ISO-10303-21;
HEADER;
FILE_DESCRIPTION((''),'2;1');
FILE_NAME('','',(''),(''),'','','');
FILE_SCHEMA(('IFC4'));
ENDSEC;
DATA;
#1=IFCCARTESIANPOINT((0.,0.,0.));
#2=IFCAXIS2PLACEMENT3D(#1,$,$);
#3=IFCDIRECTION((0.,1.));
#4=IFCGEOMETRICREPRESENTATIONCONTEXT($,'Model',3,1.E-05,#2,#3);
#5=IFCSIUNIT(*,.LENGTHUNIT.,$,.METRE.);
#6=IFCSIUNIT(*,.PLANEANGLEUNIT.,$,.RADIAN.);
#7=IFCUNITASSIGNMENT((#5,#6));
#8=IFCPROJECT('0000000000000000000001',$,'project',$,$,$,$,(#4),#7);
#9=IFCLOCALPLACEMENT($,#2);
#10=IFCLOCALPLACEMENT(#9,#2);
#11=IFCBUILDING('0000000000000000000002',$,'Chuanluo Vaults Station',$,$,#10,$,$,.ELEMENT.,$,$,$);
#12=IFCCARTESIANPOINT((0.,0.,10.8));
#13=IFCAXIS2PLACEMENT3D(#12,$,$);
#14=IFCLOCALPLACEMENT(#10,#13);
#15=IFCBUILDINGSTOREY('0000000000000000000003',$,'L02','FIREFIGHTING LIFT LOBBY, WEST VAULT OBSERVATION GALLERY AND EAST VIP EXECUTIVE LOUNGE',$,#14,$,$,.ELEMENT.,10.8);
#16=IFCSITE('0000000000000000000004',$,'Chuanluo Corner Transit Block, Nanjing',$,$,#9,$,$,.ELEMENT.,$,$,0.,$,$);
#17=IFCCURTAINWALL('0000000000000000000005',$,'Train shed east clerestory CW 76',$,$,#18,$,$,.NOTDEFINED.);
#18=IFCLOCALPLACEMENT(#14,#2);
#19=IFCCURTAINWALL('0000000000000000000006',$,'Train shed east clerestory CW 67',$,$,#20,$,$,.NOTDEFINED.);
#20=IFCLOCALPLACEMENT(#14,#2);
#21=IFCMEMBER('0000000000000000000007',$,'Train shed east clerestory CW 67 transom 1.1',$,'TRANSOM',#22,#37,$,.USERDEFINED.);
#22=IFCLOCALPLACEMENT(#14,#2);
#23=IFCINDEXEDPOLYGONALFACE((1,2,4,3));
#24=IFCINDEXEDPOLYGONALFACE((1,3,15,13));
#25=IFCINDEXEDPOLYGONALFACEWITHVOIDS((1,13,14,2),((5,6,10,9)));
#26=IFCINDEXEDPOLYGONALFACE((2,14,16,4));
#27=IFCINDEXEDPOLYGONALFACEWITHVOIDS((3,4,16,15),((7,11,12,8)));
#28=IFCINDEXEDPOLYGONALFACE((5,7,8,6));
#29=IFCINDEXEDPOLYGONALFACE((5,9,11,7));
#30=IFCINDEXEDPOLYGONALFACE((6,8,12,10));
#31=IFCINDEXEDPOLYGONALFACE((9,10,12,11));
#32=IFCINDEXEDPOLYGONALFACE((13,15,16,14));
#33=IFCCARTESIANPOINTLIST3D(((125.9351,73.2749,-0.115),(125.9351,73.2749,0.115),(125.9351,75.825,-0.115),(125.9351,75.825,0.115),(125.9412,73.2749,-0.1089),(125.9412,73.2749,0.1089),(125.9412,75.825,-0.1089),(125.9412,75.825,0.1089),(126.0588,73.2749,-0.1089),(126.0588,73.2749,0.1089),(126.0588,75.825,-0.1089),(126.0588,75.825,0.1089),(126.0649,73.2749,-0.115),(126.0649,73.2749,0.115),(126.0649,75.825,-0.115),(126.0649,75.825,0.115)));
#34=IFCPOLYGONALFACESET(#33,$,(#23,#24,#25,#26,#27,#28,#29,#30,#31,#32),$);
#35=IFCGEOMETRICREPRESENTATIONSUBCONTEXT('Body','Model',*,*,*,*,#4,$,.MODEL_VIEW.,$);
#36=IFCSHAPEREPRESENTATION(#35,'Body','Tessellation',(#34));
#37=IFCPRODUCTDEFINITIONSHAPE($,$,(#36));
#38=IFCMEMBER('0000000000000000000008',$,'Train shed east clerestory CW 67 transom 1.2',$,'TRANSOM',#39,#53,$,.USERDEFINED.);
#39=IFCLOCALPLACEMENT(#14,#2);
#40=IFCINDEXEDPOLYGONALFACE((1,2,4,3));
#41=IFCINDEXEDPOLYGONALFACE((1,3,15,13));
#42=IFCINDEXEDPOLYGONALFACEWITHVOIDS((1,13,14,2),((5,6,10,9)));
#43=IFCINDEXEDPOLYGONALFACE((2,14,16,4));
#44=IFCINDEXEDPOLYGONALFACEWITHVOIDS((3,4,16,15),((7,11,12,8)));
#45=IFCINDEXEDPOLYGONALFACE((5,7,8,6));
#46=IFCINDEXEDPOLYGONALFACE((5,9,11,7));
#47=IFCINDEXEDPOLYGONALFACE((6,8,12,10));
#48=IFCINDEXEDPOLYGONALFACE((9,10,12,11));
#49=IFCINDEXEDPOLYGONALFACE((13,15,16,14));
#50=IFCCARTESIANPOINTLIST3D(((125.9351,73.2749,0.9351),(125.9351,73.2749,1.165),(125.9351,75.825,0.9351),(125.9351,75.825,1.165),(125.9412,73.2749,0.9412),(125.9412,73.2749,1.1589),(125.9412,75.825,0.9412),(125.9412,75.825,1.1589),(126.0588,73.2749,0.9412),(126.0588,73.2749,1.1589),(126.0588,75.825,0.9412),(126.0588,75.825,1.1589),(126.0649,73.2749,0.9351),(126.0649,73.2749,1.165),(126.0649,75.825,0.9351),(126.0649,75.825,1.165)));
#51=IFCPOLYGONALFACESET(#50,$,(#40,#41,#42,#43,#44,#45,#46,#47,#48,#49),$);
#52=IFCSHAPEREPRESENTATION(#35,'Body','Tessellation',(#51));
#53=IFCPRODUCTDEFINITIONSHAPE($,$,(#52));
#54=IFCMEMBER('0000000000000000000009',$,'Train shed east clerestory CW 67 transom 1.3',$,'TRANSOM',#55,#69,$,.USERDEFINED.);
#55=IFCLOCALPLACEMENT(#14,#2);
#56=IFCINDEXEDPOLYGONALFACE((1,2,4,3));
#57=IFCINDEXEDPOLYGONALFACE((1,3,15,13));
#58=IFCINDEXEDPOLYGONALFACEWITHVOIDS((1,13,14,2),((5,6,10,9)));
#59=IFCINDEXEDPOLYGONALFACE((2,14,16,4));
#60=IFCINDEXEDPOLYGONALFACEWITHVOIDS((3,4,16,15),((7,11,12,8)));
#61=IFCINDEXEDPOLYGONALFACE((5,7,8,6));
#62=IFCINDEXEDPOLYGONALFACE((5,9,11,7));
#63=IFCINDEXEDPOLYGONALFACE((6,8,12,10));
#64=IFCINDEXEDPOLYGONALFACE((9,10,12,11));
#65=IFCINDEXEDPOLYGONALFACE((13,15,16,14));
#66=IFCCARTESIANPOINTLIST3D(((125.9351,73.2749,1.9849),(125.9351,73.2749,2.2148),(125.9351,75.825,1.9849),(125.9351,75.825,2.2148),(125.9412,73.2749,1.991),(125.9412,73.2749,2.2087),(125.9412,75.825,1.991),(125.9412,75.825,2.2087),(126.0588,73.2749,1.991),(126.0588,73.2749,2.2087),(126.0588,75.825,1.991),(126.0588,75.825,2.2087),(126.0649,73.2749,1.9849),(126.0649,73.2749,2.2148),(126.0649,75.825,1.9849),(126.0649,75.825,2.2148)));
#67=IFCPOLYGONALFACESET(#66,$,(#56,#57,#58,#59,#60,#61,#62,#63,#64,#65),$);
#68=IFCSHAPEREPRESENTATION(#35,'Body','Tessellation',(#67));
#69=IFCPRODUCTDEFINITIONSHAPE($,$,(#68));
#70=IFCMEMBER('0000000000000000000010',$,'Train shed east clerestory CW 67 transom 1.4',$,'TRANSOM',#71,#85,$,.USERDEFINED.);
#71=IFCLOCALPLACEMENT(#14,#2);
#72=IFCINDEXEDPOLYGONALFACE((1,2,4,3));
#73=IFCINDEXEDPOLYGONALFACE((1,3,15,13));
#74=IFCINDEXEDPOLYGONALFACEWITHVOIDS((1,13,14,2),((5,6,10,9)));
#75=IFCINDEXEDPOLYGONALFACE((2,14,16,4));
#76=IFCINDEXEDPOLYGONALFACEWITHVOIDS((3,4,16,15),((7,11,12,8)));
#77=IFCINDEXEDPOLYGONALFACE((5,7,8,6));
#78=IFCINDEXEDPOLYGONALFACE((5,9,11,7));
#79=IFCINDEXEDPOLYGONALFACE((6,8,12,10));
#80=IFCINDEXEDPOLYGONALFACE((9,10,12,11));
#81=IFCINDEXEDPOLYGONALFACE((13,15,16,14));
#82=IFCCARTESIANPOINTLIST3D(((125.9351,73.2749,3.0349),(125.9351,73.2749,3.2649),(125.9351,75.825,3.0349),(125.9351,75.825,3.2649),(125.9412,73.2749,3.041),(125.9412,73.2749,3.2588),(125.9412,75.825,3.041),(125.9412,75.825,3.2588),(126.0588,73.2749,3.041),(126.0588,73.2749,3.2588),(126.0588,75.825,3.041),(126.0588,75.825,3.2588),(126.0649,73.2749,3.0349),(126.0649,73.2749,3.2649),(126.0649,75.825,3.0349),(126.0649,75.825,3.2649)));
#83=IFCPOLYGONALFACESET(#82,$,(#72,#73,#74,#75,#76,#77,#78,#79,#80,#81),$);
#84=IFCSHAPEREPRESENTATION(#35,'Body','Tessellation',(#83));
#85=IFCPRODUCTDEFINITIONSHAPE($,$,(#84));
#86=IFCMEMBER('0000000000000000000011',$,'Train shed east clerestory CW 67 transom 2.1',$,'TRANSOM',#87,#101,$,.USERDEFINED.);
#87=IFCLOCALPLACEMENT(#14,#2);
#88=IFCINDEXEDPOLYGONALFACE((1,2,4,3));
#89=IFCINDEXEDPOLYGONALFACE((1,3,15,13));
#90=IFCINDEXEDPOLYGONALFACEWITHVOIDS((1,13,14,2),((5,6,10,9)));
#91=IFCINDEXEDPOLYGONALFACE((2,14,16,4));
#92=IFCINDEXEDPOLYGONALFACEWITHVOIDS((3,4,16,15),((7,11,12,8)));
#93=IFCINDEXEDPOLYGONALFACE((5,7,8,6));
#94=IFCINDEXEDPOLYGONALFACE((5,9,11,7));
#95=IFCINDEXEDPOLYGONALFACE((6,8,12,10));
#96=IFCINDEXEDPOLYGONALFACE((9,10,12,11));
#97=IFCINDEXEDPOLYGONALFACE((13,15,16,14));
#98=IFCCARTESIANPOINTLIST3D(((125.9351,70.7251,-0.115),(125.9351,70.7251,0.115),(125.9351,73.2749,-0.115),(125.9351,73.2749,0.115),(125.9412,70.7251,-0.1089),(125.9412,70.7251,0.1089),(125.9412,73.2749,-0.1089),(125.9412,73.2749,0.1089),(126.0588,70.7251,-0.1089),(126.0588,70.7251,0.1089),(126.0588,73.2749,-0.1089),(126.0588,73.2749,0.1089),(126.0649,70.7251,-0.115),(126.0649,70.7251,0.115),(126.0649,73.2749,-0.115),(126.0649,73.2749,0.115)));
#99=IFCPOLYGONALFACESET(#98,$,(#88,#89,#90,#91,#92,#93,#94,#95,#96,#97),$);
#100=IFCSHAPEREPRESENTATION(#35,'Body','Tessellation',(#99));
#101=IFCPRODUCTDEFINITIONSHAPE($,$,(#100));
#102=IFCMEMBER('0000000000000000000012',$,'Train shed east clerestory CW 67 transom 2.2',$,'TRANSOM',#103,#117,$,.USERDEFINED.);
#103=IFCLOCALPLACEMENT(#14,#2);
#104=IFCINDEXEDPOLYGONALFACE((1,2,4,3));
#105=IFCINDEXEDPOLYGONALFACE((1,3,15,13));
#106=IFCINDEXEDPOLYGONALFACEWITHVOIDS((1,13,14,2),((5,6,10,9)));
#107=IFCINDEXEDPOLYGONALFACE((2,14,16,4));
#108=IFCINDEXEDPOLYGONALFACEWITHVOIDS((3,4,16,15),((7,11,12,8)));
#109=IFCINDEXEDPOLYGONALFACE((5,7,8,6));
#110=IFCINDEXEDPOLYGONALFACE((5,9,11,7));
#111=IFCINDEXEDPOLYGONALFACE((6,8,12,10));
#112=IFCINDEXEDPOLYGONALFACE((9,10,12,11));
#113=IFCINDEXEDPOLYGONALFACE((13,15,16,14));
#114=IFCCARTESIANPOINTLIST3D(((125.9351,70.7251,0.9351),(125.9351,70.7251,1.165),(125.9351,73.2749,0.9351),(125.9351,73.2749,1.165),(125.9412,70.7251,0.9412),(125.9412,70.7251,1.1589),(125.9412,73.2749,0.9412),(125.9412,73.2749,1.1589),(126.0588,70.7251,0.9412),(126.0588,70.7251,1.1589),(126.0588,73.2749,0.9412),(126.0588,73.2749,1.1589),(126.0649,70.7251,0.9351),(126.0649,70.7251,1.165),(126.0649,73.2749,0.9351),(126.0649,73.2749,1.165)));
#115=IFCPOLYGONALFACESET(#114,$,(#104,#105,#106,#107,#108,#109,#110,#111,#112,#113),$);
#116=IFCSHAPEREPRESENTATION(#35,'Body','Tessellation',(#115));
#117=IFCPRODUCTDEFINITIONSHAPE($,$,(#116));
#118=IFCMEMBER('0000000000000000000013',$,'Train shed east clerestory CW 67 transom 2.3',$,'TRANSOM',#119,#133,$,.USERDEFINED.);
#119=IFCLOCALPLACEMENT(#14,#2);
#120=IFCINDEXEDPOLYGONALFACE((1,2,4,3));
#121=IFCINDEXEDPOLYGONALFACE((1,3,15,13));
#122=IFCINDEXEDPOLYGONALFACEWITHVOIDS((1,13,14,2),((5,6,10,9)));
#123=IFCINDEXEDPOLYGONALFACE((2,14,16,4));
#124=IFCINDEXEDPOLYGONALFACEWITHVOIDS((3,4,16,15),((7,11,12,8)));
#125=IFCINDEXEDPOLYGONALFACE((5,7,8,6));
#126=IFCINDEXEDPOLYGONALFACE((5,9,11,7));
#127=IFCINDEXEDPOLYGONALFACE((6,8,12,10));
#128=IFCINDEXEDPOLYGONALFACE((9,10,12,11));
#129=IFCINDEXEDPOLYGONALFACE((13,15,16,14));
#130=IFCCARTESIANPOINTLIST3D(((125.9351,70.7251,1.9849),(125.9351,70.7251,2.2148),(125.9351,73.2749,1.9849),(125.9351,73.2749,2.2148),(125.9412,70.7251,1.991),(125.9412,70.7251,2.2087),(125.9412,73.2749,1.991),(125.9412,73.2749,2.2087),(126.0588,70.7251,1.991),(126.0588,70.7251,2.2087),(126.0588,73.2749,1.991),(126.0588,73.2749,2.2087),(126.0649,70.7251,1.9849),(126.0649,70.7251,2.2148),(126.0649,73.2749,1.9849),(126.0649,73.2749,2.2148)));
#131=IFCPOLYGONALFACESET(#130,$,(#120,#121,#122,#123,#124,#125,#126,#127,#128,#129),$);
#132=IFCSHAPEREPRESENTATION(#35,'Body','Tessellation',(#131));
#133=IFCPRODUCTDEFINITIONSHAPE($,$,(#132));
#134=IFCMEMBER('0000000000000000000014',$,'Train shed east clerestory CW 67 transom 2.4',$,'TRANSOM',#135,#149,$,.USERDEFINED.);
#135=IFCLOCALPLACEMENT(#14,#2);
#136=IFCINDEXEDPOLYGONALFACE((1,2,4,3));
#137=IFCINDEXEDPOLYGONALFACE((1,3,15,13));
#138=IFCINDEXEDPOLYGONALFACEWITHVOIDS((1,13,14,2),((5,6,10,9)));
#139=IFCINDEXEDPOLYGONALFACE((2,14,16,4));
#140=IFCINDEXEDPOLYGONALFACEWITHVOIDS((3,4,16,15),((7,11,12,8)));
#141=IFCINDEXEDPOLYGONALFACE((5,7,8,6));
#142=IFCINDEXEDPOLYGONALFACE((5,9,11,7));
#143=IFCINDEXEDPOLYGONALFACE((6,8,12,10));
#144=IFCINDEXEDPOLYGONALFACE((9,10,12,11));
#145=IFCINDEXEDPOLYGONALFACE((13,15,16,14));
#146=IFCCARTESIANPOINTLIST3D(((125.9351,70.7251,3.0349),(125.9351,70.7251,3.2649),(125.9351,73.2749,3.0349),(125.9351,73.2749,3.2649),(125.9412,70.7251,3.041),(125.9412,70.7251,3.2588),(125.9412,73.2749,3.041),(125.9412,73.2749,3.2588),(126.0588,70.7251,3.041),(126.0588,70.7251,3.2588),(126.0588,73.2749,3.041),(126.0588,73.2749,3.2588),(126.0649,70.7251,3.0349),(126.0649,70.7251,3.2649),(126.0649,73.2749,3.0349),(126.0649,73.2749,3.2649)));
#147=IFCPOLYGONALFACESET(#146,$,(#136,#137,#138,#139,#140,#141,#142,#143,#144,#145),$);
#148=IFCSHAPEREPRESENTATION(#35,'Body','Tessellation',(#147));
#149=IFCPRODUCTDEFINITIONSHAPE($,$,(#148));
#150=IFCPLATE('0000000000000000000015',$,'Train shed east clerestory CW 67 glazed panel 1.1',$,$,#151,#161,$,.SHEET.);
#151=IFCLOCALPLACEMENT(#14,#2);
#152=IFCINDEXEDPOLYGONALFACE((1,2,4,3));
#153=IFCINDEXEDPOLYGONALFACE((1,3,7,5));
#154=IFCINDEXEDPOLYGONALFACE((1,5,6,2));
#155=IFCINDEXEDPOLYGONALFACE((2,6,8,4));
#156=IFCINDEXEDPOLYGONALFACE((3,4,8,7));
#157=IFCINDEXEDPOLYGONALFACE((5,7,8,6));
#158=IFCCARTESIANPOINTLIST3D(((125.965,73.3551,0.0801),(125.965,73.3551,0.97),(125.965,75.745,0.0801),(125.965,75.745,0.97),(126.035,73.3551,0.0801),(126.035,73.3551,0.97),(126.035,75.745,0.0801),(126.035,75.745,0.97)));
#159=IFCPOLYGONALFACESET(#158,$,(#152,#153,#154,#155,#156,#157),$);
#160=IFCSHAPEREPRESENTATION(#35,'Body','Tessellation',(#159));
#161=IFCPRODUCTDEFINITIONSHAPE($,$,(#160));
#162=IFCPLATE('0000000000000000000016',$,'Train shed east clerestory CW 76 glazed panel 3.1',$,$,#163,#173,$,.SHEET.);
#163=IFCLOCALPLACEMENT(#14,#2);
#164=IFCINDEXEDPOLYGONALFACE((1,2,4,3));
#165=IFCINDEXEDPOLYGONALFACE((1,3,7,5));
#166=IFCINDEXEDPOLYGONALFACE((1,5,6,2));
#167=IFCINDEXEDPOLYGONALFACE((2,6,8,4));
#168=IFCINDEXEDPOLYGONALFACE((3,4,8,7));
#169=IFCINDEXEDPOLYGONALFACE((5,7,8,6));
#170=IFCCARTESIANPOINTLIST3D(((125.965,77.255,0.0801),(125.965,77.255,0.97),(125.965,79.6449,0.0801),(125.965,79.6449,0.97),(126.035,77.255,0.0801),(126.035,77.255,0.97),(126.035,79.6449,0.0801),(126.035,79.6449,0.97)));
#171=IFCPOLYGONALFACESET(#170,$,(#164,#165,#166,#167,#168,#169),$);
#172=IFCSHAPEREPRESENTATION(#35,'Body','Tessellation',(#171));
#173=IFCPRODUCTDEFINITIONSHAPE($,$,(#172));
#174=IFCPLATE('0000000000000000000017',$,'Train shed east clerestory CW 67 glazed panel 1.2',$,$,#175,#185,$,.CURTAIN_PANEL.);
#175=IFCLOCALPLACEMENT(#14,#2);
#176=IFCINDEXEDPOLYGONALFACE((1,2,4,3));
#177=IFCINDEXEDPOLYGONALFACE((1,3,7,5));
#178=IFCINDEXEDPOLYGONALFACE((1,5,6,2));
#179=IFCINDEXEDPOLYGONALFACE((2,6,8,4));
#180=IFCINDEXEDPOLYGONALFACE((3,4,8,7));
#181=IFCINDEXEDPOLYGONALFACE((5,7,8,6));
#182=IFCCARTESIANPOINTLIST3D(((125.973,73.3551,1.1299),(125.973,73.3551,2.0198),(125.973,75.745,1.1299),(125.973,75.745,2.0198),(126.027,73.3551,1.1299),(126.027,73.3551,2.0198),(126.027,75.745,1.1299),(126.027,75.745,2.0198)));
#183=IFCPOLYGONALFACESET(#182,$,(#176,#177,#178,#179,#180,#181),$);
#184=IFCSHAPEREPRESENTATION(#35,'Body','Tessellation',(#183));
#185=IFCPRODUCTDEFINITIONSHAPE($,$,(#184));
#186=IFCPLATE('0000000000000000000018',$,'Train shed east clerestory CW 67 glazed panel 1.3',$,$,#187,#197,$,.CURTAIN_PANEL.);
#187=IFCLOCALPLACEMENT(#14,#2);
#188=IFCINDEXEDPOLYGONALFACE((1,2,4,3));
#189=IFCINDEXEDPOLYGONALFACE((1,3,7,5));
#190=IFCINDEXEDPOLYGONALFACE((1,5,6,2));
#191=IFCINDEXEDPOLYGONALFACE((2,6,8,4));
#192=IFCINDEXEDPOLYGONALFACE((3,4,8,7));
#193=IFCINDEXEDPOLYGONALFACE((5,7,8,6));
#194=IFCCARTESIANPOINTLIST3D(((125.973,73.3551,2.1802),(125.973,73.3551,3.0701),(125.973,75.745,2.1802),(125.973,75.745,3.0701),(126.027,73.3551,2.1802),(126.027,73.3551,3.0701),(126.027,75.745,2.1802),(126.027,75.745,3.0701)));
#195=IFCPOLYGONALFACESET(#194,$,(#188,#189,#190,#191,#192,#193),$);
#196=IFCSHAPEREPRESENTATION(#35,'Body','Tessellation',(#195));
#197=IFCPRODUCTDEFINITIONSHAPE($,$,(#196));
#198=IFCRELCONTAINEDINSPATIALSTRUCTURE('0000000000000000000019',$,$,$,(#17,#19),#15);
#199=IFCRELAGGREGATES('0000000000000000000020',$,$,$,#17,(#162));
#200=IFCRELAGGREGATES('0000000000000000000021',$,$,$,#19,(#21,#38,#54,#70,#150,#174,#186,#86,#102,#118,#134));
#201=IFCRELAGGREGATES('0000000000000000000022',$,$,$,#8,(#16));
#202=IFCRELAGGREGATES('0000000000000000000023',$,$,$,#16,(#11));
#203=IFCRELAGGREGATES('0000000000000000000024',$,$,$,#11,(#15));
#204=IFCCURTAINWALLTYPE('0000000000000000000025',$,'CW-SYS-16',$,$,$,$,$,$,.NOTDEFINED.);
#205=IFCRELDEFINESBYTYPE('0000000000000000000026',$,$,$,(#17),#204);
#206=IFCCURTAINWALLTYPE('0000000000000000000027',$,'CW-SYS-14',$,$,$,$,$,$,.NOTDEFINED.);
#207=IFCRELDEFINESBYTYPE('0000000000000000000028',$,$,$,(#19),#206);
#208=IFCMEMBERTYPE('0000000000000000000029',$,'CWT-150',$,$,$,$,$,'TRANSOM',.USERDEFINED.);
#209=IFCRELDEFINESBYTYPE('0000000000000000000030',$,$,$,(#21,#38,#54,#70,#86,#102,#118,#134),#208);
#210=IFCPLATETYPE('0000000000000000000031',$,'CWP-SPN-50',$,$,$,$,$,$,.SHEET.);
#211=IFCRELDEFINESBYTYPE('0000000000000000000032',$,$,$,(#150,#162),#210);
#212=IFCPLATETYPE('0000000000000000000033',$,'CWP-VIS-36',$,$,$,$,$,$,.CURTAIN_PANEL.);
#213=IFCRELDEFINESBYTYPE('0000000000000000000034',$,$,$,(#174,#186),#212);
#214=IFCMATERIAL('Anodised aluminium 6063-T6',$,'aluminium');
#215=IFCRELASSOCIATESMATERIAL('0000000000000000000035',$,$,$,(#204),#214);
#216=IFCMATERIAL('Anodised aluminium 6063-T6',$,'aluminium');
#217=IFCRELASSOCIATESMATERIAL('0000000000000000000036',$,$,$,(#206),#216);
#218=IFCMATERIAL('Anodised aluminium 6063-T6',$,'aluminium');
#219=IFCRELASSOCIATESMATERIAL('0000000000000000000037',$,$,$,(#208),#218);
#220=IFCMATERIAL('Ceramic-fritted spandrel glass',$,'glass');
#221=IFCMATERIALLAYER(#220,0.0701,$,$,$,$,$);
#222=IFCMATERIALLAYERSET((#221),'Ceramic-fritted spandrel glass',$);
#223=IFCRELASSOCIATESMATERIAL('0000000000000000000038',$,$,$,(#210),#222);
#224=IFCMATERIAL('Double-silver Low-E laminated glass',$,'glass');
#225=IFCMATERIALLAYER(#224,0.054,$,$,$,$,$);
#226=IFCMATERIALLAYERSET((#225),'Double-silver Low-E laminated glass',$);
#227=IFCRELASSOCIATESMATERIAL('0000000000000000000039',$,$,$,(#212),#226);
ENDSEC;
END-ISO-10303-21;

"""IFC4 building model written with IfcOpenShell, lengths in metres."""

from ifc_helpers import new_model, si_unit, direction, frame, origin, origin_2d, place, context, subcontext, project, spatial, rectangle, hollow_rectangle, extrude, material, layer, layer_set, material_profile, profile_set, type_object, element, aggregate, save


model = new_model("IFC4")

# Units and contexts
model_context = context("Model", 3, precision=1e-05, world=origin(), true_north=direction((0.0, 1.0)))
body_context = subcontext(model_context, "Body", "Model", "MODEL_VIEW")
ifc_project = project(units=[si_unit("LENGTHUNIT", "METRE"), si_unit("PLANEANGLEUNIT", "RADIAN")], contexts=[model_context])

# Site, building, storey
site_placement = place(None, origin())
site = spatial("IfcSite", under=ifc_project, at=site_placement, Name="Chuanluo Corner Transit Block, Nanjing", CompositionType="ELEMENT", RefElevation=0.0)
building_placement = place(site_placement, origin())
building = spatial("IfcBuilding", under=site, at=building_placement, Name="Chuanluo Vaults Station", CompositionType="ELEMENT")
storey_placement = place(building_placement, frame((0.0, 0.0, 10.8)))
storey = spatial("IfcBuildingStorey", under=building, at=storey_placement, Name="L02", Description="FIREFIGHTING LIFT LOBBY, WEST VAULT OBSERVATION GALLERY AND EAST VIP EXECUTIVE LOUNGE", CompositionType="ELEMENT", Elevation=10.8)

# Curtain wall
ifc_material_1 = material(Name="Anodised aluminium 6063-T6", Category="aluminium")
curtain_wall_type_1 = type_object("IfcCurtainWallType", Name="CW-SYS-16", PredefinedType="NOTDEFINED", material=ifc_material_1)
curtain_wall_1_placement = place(storey_placement, origin())
curtain_wall_1 = element("IfcCurtainWall", 1, at=curtain_wall_1_placement, inside=storey, type_object=curtain_wall_type_1, Name="Train shed east clerestory CW 76", PredefinedType="NOTDEFINED")

# Curtain wall, members, plate
ifc_material_2 = material(Name="Anodised aluminium 6063-T6", Category="aluminium")
curtain_wall_type_2 = type_object("IfcCurtainWallType", Name="CW-SYS-14", PredefinedType="NOTDEFINED", material=ifc_material_2)
curtain_wall_2_placement = place(storey_placement, origin())
curtain_wall_2 = element("IfcCurtainWall", 2, at=curtain_wall_2_placement, inside=storey, type_object=curtain_wall_type_2, Name="Train shed east clerestory CW 67", PredefinedType="NOTDEFINED")
ifc_material_3 = material(Name="Anodised aluminium 6063-T6", Category="aluminium")
ifc_material_profile_1 = material_profile(ifc_material_3, hollow_rectangle(XDim=0.1299, YDim=0.23, WallThickness=0.0061, at=origin_2d()))
ifc_profile_set_1 = profile_set([ifc_material_profile_1], Name="Anodised aluminium 6063-T6")
member_type_1 = type_object("IfcMemberType", Name="CWT-150", ElementType="TRANSOM", PredefinedType="USERDEFINED", material=ifc_profile_set_1)
member_1_placement = place(storey_placement, frame((126.0, 75.825, 0.0), z_axis=(0.0, -1.0, 0.0), x_axis=(1.0, 0.0, 0.0)))
member_1 = element("IfcMember", 3, at=member_1_placement, type_object=member_type_1, Name="Train shed east clerestory CW 67 transom 1.1", ObjectType="TRANSOM", PredefinedType="USERDEFINED", context=body_context, shape_type="SweptSolid", body=[
    extrude(hollow_rectangle(XDim=0.1299, YDim=0.23, WallThickness=0.0061, at=origin_2d()), origin(), (0.0, 0.0, 1.0), 2.55),
])
member_2_placement = place(storey_placement, frame((126.0, 75.825, 1.05), z_axis=(0.0, -1.0, 0.0), x_axis=(1.0, 0.0, 0.0)))
member_2 = element("IfcMember", 4, at=member_2_placement, type_object=member_type_1, Name="Train shed east clerestory CW 67 transom 1.2", ObjectType="TRANSOM", PredefinedType="USERDEFINED", context=body_context, shape_type="SweptSolid", body=[
    extrude(hollow_rectangle(XDim=0.1299, YDim=0.23, WallThickness=0.0061, at=origin_2d()), origin(), (0.0, 0.0, 1.0), 2.55),
])
member_3_placement = place(storey_placement, frame((126.0, 75.825, 2.0999), z_axis=(0.0, -1.0, 0.0), x_axis=(1.0, 0.0, 0.0)))
member_3 = element("IfcMember", 5, at=member_3_placement, type_object=member_type_1, Name="Train shed east clerestory CW 67 transom 1.3", ObjectType="TRANSOM", PredefinedType="USERDEFINED", context=body_context, shape_type="SweptSolid", body=[
    extrude(hollow_rectangle(XDim=0.1299, YDim=0.23, WallThickness=0.0061, at=origin_2d()), origin(), (0.0, 0.0, 1.0), 2.55),
])
member_4_placement = place(storey_placement, frame((126.0, 75.825, 3.1499), z_axis=(0.0, -1.0, 0.0), x_axis=(1.0, 0.0, 0.0)))
member_4 = element("IfcMember", 6, at=member_4_placement, type_object=member_type_1, Name="Train shed east clerestory CW 67 transom 1.4", ObjectType="TRANSOM", PredefinedType="USERDEFINED", context=body_context, shape_type="SweptSolid", body=[
    extrude(hollow_rectangle(XDim=0.1299, YDim=0.23, WallThickness=0.0061, at=origin_2d()), origin(), (0.0, 0.0, 1.0), 2.55),
])
member_5_placement = place(storey_placement, frame((126.0, 73.2749, 0.0), z_axis=(0.0, -1.0, 0.0), x_axis=(1.0, 0.0, 0.0)))
member_5 = element("IfcMember", 7, at=member_5_placement, type_object=member_type_1, Name="Train shed east clerestory CW 67 transom 2.1", ObjectType="TRANSOM", PredefinedType="USERDEFINED", context=body_context, shape_type="SweptSolid", body=[
    extrude(hollow_rectangle(XDim=0.1299, YDim=0.23, WallThickness=0.0061, at=origin_2d()), origin(), (0.0, 0.0, 1.0), 2.5498),
])
member_6_placement = place(storey_placement, frame((126.0, 73.2749, 1.05), z_axis=(0.0, -1.0, 0.0), x_axis=(1.0, 0.0, 0.0)))
member_6 = element("IfcMember", 8, at=member_6_placement, type_object=member_type_1, Name="Train shed east clerestory CW 67 transom 2.2", ObjectType="TRANSOM", PredefinedType="USERDEFINED", context=body_context, shape_type="SweptSolid", body=[
    extrude(hollow_rectangle(XDim=0.1299, YDim=0.23, WallThickness=0.0061, at=origin_2d()), origin(), (0.0, 0.0, 1.0), 2.5498),
])
member_7_placement = place(storey_placement, frame((126.0, 73.2749, 2.0999), z_axis=(0.0, -1.0, 0.0), x_axis=(1.0, 0.0, 0.0)))
member_7 = element("IfcMember", 9, at=member_7_placement, type_object=member_type_1, Name="Train shed east clerestory CW 67 transom 2.3", ObjectType="TRANSOM", PredefinedType="USERDEFINED", context=body_context, shape_type="SweptSolid", body=[
    extrude(hollow_rectangle(XDim=0.1299, YDim=0.23, WallThickness=0.0061, at=origin_2d()), origin(), (0.0, 0.0, 1.0), 2.5498),
])
member_8_placement = place(storey_placement, frame((126.0, 73.2749, 3.1499), z_axis=(0.0, -1.0, 0.0), x_axis=(1.0, 0.0, 0.0)))
member_8 = element("IfcMember", 10, at=member_8_placement, type_object=member_type_1, Name="Train shed east clerestory CW 67 transom 2.4", ObjectType="TRANSOM", PredefinedType="USERDEFINED", context=body_context, shape_type="SweptSolid", body=[
    extrude(hollow_rectangle(XDim=0.1299, YDim=0.23, WallThickness=0.0061, at=origin_2d()), origin(), (0.0, 0.0, 1.0), 2.5498),
])
ifc_material_4 = material(Name="Ceramic-fritted spandrel glass", Category="glass")
ifc_layer_1 = layer(ifc_material_4, 0.0701)
ifc_layer_set_1 = layer_set([ifc_layer_1], Name="Ceramic-fritted spandrel glass")
plate_type_1 = type_object("IfcPlateType", Name="CWP-SPN-50", PredefinedType="SHEET", material=ifc_layer_set_1)
plate_1_placement = place(storey_placement, frame((126.0, 74.55, 0.0801), z_axis=(0.0, 0.0, 1.0), x_axis=(0.0, -1.0, 0.0)))
plate_1 = element("IfcPlate", 11, at=plate_1_placement, type_object=plate_type_1, Name="Train shed east clerestory CW 67 glazed panel 1.1", PredefinedType="SHEET", context=body_context, shape_type="SweptSolid", body=[
    extrude(rectangle(XDim=2.3899, YDim=0.0701, at=origin_2d()), origin(), (0.0, 0.0, 1.0), 0.8899),
])

# Plates
plate_2_placement = place(storey_placement, frame((126.0, 78.45, 0.0801), z_axis=(0.0, 0.0, 1.0), x_axis=(0.0, -1.0, 0.0)))
plate_2 = element("IfcPlate", 12, at=plate_2_placement, type_object=plate_type_1, Name="Train shed east clerestory CW 76 glazed panel 3.1", PredefinedType="SHEET", context=body_context, shape_type="SweptSolid", body=[
    extrude(rectangle(XDim=2.3899, YDim=0.0701, at=origin_2d()), origin(), (0.0, 0.0, 1.0), 0.8899),
])
aggregate(curtain_wall_1, [plate_2])
ifc_material_5 = material(Name="Double-silver Low-E laminated glass", Category="glass")
ifc_layer_2 = layer(ifc_material_5, 0.054)
ifc_layer_set_2 = layer_set([ifc_layer_2], Name="Double-silver Low-E laminated glass")
plate_type_2 = type_object("IfcPlateType", Name="CWP-VIS-36", PredefinedType="CURTAIN_PANEL", material=ifc_layer_set_2)
plate_3_placement = place(storey_placement, frame((126.0, 74.55, 1.1299), z_axis=(0.0, 0.0, 1.0), x_axis=(0.0, -1.0, 0.0)))
plate_3 = element("IfcPlate", 13, at=plate_3_placement, type_object=plate_type_2, Name="Train shed east clerestory CW 67 glazed panel 1.2", PredefinedType="CURTAIN_PANEL", context=body_context, shape_type="SweptSolid", body=[
    extrude(rectangle(XDim=2.3899, YDim=0.054, at=origin_2d()), origin(), (0.0, 0.0, 1.0), 0.8899),
])
plate_4_placement = place(storey_placement, frame((126.0, 74.55, 2.1802), z_axis=(0.0, 0.0, 1.0), x_axis=(0.0, -1.0, 0.0)))
plate_4 = element("IfcPlate", 14, at=plate_4_placement, type_object=plate_type_2, Name="Train shed east clerestory CW 67 glazed panel 1.3", PredefinedType="CURTAIN_PANEL", context=body_context, shape_type="SweptSolid", body=[
    extrude(rectangle(XDim=2.3899, YDim=0.054, at=origin_2d()), origin(), (0.0, 0.0, 1.0), 0.8899),
])
aggregate(curtain_wall_2, [member_1, member_2, member_3, member_4, plate_1, plate_3, plate_4, member_5, member_6, member_7, member_8])

save(model, "model.ifc")
